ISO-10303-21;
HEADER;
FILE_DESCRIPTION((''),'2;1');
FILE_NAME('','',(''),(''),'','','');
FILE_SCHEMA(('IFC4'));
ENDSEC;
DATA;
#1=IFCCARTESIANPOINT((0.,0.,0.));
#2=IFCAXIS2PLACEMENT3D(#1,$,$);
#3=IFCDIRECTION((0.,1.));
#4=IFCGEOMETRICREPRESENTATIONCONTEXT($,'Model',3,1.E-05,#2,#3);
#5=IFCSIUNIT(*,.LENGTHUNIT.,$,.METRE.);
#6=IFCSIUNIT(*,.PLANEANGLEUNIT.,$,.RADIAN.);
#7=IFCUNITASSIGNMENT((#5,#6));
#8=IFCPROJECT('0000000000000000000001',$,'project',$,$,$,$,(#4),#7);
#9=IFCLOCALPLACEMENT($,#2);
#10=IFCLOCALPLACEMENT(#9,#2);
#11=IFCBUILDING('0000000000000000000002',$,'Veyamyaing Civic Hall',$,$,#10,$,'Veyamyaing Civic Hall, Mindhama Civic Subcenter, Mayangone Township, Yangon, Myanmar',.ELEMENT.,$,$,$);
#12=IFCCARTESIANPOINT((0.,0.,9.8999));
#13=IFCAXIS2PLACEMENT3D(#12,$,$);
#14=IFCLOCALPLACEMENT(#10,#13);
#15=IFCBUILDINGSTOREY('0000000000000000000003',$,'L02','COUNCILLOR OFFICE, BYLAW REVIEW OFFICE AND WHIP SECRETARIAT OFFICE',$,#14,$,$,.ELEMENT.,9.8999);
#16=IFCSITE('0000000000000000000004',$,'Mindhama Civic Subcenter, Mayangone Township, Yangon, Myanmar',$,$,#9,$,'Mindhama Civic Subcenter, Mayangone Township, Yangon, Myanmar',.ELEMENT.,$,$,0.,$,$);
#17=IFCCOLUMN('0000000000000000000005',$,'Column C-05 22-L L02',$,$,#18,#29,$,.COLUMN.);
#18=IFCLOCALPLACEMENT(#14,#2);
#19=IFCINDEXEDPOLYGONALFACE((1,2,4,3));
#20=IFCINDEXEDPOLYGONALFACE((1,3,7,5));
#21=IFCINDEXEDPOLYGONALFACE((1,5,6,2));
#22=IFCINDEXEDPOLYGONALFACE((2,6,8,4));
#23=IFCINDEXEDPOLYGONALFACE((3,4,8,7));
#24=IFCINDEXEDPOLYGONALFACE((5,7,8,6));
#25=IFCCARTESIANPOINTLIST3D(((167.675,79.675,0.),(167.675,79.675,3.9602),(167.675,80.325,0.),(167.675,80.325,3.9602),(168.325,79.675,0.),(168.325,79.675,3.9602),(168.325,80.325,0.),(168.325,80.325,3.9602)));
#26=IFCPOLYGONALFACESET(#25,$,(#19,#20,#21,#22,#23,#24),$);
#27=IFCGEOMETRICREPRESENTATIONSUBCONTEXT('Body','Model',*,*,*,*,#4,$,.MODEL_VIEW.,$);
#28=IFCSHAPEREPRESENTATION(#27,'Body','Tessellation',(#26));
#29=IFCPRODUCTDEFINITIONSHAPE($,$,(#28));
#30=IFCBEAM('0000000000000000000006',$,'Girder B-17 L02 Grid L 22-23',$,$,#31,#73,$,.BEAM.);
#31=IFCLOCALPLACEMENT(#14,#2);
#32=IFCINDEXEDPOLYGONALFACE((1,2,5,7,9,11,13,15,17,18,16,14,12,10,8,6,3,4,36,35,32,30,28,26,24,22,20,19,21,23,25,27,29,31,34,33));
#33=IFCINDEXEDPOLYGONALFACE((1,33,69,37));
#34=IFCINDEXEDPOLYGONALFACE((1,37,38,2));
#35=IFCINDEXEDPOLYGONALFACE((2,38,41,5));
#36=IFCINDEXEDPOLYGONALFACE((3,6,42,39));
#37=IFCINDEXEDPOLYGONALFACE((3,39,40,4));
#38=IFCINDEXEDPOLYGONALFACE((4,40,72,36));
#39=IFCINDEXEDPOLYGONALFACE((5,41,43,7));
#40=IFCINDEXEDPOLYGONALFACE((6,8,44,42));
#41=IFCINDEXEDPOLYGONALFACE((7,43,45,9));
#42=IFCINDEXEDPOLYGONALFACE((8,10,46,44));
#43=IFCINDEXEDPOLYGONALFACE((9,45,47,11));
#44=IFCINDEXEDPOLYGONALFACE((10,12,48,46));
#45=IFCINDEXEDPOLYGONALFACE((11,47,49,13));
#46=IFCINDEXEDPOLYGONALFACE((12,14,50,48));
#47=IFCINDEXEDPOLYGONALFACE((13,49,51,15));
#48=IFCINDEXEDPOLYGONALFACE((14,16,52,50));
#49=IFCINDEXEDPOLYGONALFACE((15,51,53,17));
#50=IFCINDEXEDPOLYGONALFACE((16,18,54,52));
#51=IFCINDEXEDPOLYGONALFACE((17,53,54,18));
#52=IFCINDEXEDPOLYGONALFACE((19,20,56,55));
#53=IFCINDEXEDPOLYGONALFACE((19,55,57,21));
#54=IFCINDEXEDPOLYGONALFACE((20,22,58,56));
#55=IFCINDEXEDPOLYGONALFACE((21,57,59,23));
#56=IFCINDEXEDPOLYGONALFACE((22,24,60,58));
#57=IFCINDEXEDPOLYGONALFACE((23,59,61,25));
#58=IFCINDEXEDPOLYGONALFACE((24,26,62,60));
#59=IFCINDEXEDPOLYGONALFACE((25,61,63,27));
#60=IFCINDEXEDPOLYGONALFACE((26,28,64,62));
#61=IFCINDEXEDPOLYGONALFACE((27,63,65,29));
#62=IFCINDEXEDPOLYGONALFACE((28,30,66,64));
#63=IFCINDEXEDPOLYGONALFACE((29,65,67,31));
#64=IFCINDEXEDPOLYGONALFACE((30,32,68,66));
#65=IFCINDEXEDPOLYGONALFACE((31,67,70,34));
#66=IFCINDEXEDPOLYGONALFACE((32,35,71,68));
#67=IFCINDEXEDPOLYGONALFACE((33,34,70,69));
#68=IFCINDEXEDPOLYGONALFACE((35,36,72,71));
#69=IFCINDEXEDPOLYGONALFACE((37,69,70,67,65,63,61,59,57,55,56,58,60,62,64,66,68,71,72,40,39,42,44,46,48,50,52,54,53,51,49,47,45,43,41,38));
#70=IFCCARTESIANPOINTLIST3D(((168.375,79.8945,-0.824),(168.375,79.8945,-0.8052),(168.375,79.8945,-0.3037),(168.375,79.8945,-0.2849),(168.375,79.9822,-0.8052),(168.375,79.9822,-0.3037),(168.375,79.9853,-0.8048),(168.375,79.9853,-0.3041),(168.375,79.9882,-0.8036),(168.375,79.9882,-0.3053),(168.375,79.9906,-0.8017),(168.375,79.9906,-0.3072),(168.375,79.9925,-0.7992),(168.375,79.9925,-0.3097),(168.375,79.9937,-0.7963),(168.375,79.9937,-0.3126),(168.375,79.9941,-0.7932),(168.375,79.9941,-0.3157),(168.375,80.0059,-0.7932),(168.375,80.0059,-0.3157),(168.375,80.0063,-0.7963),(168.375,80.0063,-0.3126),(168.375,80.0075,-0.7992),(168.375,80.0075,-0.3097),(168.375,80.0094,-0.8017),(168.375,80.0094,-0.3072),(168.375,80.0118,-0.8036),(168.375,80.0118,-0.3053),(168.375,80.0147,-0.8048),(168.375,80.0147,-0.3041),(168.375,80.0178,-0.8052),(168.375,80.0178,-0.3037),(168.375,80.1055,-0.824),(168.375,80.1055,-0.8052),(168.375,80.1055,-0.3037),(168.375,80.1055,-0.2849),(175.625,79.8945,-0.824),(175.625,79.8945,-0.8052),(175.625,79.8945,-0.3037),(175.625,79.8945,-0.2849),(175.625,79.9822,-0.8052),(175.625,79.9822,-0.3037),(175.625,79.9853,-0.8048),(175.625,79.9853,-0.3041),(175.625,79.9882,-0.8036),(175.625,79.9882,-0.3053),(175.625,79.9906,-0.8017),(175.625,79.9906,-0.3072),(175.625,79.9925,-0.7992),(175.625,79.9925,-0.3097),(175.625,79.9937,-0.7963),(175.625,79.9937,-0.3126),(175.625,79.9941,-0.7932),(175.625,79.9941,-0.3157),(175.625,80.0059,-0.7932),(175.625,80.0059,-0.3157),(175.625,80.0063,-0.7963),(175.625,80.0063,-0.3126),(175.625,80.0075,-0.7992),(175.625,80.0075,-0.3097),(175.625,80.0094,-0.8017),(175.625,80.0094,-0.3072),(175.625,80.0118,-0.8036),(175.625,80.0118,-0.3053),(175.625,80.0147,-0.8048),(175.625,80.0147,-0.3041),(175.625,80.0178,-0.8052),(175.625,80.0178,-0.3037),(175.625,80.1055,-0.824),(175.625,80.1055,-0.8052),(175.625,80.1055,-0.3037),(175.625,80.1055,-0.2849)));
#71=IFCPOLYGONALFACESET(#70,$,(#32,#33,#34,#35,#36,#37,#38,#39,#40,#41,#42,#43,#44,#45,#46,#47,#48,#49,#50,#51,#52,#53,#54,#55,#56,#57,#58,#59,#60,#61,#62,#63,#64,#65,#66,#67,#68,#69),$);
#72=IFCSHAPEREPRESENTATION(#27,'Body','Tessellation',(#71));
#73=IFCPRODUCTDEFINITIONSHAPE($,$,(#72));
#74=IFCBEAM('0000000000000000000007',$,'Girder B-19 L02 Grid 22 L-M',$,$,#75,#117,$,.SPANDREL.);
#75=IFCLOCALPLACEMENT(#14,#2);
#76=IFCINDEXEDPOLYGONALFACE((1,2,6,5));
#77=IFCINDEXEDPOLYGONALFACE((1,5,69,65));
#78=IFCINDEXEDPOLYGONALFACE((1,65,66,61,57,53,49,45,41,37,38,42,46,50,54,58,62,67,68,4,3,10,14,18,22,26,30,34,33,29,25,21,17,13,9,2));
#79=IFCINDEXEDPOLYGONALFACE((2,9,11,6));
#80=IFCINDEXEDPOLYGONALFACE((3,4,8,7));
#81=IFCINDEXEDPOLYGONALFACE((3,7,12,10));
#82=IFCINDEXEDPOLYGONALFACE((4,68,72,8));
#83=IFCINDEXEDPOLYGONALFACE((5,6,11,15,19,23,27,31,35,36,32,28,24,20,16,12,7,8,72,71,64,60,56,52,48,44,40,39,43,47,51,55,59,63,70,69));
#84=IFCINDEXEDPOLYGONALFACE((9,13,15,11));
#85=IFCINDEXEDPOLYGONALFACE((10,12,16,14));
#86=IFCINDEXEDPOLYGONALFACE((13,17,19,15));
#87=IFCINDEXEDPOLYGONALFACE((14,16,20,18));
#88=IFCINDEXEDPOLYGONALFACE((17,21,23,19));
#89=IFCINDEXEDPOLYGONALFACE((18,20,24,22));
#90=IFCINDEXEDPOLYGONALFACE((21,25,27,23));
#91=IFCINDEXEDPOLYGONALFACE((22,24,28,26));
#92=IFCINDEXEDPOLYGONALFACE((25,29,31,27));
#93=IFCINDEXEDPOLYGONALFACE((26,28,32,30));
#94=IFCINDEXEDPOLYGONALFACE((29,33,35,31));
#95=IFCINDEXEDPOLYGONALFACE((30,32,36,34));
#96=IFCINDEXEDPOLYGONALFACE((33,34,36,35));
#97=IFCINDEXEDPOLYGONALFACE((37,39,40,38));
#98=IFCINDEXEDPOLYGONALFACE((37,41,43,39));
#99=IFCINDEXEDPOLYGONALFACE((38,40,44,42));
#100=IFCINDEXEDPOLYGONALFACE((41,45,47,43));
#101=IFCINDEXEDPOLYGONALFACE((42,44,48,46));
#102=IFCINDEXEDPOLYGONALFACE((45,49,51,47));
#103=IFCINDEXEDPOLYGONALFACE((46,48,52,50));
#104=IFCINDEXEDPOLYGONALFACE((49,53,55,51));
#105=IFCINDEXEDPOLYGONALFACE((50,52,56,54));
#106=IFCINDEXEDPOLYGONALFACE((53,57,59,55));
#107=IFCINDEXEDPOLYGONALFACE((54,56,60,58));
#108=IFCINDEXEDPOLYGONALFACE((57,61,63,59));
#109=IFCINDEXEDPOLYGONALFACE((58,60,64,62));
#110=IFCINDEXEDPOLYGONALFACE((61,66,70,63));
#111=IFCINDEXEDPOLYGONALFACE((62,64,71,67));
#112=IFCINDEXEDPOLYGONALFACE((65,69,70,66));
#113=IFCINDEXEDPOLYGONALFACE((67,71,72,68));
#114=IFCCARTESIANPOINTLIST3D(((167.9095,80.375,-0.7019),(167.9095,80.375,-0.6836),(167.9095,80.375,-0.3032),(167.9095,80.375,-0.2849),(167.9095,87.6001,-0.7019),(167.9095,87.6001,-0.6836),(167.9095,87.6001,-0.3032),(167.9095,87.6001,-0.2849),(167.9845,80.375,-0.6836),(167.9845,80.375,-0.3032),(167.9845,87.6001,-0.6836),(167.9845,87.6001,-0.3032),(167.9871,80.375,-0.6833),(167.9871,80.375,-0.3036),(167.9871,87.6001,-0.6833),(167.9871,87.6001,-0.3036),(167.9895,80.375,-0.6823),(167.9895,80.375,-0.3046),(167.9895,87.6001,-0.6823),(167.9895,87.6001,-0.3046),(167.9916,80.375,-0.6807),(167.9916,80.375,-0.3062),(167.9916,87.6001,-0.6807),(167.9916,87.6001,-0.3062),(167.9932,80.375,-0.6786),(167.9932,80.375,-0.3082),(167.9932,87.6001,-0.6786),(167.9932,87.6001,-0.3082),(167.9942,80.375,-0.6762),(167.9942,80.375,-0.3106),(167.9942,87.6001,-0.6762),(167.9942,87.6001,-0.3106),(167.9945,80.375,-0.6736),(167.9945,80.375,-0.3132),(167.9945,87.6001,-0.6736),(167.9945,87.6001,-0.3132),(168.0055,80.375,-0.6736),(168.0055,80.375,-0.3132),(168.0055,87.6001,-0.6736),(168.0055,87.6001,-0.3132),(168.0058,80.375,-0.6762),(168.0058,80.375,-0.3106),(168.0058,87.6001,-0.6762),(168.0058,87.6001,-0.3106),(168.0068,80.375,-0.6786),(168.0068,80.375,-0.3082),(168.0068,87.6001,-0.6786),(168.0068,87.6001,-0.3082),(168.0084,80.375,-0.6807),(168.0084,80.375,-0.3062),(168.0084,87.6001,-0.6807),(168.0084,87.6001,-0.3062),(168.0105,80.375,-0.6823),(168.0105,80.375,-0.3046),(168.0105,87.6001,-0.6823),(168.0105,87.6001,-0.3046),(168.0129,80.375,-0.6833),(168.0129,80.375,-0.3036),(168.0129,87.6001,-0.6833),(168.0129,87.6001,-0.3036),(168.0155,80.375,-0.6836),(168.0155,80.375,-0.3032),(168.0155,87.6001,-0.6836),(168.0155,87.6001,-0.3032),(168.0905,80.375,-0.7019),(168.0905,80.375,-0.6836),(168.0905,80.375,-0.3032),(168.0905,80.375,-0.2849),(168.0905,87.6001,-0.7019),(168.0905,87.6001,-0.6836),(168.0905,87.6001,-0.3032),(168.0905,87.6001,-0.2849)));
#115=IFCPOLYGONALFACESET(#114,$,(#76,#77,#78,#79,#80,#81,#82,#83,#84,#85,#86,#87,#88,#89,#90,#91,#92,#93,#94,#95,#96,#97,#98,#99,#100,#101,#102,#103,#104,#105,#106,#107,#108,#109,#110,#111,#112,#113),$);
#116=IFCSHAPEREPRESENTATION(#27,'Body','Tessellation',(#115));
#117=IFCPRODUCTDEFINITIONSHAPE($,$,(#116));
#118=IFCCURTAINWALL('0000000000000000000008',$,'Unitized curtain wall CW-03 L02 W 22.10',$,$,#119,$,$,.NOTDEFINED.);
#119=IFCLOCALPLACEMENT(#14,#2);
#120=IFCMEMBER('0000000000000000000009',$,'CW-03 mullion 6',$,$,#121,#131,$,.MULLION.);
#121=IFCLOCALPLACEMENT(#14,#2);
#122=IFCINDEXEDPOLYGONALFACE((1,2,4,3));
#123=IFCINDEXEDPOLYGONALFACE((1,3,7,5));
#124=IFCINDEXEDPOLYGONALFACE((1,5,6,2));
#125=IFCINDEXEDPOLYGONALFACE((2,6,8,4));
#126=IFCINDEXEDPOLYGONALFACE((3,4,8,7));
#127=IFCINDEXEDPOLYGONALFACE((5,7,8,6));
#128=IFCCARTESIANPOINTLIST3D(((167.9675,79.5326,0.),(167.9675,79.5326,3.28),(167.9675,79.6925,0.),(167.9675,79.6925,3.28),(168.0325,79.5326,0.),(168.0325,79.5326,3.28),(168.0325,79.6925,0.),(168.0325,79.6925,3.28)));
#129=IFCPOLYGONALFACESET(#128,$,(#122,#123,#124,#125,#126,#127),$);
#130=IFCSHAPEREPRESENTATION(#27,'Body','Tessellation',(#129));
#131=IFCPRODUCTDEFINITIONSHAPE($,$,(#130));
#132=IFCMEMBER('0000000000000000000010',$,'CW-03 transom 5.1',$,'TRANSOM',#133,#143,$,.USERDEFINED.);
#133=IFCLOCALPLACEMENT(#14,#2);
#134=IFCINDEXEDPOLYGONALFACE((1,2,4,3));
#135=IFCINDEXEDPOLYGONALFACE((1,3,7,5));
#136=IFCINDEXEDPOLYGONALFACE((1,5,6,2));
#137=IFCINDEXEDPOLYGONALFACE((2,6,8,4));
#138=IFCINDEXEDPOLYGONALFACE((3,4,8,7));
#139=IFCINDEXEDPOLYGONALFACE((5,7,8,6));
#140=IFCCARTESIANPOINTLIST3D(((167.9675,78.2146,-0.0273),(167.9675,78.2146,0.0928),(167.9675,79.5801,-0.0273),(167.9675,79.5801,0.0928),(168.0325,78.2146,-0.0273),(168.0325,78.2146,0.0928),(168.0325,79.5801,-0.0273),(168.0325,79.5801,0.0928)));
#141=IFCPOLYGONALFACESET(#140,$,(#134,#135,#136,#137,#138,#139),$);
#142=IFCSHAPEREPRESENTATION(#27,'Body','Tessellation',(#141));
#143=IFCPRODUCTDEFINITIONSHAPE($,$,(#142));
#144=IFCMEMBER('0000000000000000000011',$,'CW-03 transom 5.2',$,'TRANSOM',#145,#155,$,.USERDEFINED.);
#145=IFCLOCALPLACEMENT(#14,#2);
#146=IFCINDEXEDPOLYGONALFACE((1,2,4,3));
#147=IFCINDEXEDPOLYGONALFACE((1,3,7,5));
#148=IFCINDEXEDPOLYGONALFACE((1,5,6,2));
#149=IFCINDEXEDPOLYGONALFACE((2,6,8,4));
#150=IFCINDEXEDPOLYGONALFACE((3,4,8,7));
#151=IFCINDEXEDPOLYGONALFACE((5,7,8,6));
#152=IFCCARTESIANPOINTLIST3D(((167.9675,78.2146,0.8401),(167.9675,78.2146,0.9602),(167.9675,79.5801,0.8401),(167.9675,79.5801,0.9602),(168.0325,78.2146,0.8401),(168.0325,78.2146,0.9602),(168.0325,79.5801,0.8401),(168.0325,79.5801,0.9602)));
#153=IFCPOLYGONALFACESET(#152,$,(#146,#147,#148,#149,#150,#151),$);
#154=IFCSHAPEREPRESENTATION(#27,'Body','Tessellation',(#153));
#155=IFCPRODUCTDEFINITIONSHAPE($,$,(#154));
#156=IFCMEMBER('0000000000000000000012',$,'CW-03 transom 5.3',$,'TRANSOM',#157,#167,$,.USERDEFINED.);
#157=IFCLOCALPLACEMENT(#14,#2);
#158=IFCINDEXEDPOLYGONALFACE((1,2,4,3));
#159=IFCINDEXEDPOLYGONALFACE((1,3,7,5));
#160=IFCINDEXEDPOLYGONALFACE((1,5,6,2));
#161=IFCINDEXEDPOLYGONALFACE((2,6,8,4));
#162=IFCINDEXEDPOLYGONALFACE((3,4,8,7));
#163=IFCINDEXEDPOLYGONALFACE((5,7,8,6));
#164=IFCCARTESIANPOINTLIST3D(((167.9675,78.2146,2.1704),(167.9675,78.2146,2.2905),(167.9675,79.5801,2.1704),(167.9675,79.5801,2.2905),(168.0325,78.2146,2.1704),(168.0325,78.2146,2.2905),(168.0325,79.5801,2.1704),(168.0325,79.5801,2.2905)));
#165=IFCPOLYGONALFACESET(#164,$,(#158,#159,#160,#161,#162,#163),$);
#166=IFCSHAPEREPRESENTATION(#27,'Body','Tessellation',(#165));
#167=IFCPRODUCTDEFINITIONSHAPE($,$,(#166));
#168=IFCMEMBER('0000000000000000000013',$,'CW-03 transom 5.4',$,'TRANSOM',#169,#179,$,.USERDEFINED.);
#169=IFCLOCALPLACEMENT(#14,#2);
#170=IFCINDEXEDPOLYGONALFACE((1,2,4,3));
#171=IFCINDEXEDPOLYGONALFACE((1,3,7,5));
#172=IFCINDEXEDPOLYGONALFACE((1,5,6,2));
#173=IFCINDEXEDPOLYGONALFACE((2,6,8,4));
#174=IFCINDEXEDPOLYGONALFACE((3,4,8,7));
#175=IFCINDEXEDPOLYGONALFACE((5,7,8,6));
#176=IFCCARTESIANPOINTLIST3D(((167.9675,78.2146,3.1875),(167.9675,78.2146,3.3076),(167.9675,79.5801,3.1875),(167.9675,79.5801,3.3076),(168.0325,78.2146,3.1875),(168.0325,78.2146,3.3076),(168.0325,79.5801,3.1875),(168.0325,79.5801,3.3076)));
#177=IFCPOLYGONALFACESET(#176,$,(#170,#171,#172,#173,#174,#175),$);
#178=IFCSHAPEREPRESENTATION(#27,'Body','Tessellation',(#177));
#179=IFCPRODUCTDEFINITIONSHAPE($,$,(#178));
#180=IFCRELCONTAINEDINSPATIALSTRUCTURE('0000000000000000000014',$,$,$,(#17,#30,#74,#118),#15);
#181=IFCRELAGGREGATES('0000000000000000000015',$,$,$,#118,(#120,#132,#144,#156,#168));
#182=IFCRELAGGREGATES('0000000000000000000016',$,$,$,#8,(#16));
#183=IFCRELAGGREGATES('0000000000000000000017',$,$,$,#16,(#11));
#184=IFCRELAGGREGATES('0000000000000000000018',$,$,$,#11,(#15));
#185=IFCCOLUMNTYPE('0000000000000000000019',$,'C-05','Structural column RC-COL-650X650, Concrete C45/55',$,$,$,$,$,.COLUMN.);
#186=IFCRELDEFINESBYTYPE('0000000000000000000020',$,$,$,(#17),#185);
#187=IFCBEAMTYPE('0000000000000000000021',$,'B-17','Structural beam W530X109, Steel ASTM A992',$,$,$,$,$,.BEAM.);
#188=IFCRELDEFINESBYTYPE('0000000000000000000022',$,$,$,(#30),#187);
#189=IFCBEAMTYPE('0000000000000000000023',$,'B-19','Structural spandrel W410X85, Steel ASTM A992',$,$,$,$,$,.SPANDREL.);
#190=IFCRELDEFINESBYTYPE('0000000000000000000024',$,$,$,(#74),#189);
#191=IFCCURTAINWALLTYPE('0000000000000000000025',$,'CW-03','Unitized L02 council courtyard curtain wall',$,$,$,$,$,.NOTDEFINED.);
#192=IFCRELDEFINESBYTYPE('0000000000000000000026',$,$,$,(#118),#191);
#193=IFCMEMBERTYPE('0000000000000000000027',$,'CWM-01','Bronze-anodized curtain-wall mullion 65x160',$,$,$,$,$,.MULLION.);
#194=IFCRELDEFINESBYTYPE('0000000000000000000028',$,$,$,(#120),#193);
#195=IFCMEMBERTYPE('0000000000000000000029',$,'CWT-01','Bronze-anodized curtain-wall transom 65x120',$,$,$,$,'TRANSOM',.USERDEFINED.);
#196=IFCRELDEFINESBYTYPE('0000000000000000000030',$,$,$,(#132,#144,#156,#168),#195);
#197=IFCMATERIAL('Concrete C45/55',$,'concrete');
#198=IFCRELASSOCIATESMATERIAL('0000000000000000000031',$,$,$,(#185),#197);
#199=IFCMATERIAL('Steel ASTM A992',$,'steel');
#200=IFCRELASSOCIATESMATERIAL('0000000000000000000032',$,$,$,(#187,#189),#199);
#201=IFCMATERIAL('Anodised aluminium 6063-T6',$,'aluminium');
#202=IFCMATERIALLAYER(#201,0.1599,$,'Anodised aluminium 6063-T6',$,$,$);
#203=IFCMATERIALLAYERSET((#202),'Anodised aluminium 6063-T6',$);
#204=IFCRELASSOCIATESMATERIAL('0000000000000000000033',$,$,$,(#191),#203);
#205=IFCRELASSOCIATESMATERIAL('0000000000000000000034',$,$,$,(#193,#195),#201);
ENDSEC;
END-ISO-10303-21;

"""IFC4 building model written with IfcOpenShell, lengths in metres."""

from ifc_helpers import new_model, si_unit, direction, frame, origin, origin_2d, place, context, subcontext, project, spatial, rectangle, i_section, extrude, material, layer, layer_set, material_profile, profile_set, type_object, element, aggregate, save


model = new_model("IFC4")

# Units and contexts
model_context = context("Model", 3, precision=1e-05, world=origin(), true_north=direction((0.0, 1.0)))
body_context = subcontext(model_context, "Body", "Model", "MODEL_VIEW")
ifc_project = project(units=[si_unit("LENGTHUNIT", "METRE"), si_unit("PLANEANGLEUNIT", "RADIAN")], contexts=[model_context])

# Site, building, storey
site_placement = place(None, origin())
site = spatial("IfcSite", under=ifc_project, at=site_placement, Name="Mindhama Civic Subcenter, Mayangone Township, Yangon, Myanmar", LongName="Mindhama Civic Subcenter, Mayangone Township, Yangon, Myanmar", CompositionType="ELEMENT", RefElevation=0.0)
building_placement = place(site_placement, origin())
building = spatial("IfcBuilding", under=site, at=building_placement, Name="Veyamyaing Civic Hall", LongName="Veyamyaing Civic Hall, Mindhama Civic Subcenter, Mayangone Township, Yangon, Myanmar", CompositionType="ELEMENT")
storey_placement = place(building_placement, frame((0.0, 0.0, 9.8999)))
storey = spatial("IfcBuildingStorey", under=building, at=storey_placement, Name="L02", Description="COUNCILLOR OFFICE, BYLAW REVIEW OFFICE AND WHIP SECRETARIAT OFFICE", CompositionType="ELEMENT", Elevation=9.8999)

# Column
ifc_material_1 = material(Name="Concrete C45/55", Category="concrete")
ifc_material_profile_1 = material_profile(ifc_material_1, rectangle(XDim=0.6499, YDim=0.6499, at=origin_2d()), Name="RC-COL-650X650")
ifc_profile_set_1 = profile_set([ifc_material_profile_1], Name="Concrete C45/55")
column_type = type_object("IfcColumnType", Name="C-05", Description="Structural column RC-COL-650X650, Concrete C45/55", PredefinedType="COLUMN", material=ifc_profile_set_1)
column_placement = place(storey_placement, frame((168.0, 80.0, 0.0), z_axis=(0.0, 0.0, 1.0), x_axis=(1.0, 0.0, 0.0)))
element("IfcColumn", 1, at=column_placement, inside=storey, type_object=column_type, Name="Column C-05 22-L L02", PredefinedType="COLUMN", context=body_context, shape_type="SweptSolid", body=[
    extrude(rectangle(XDim=0.6499, YDim=0.6499, at=origin_2d()), origin(), (0.0, 0.0, 1.0), 3.9602),
])

# Beams
ifc_material_2 = material(Name="Steel ASTM A992", Category="steel")
ifc_material_profile_2 = material_profile(ifc_material_2, i_section(OverallWidth=0.2109, OverallDepth=0.5391, WebThickness=0.0117, FlangeThickness=0.0188, FilletRadius=0.012, at=origin_2d()), Name="W530X109")
ifc_profile_set_2 = profile_set([ifc_material_profile_2], Name="Steel ASTM A992")
beam_type_1 = type_object("IfcBeamType", Name="B-17", Description="Structural beam W530X109, Steel ASTM A992", PredefinedType="BEAM", material=ifc_profile_set_2)
beam_1_placement = place(storey_placement, frame((168.375, 80.0, -0.5544), z_axis=(1.0, 0.0, 0.0), x_axis=(0.0, 1.0, 0.0)))
element("IfcBeam", 2, at=beam_1_placement, inside=storey, type_object=beam_type_1, Name="Girder B-17 L02 Grid L 22-23", PredefinedType="BEAM", context=body_context, shape_type="SweptSolid", body=[
    extrude(i_section(OverallWidth=0.2109, OverallDepth=0.5391, WebThickness=0.0117, FlangeThickness=0.0188, FilletRadius=0.012, at=origin_2d()), origin(), (0.0, 0.0, 1.0), 7.25),
])
ifc_material_profile_3 = material_profile(ifc_material_2, i_section(OverallWidth=0.1809, OverallDepth=0.417, WebThickness=0.011, FlangeThickness=0.0183, FilletRadius=0.01, at=origin_2d()), Name="W410X85")
ifc_profile_set_3 = profile_set([ifc_material_profile_3], Name="Steel ASTM A992")
beam_type_2 = type_object("IfcBeamType", Name="B-19", Description="Structural spandrel W410X85, Steel ASTM A992", PredefinedType="SPANDREL", material=ifc_profile_set_3)
beam_2_placement = place(storey_placement, frame((168.0, 80.375, -0.4934), z_axis=(0.0, 1.0, 0.0), x_axis=(-1.0, 0.0, 0.0)))
element("IfcBeam", 3, at=beam_2_placement, inside=storey, type_object=beam_type_2, Name="Girder B-19 L02 Grid 22 L-M", PredefinedType="SPANDREL", context=body_context, shape_type="SweptSolid", body=[
    extrude(i_section(OverallWidth=0.1809, OverallDepth=0.417, WebThickness=0.011, FlangeThickness=0.0183, FilletRadius=0.01, at=origin_2d()), origin(), (0.0, 0.0, 1.0), 7.2251),
])

# Curtain wall, members
ifc_material_3 = material(Name="Anodised aluminium 6063-T6", Category="aluminium")
ifc_layer_1 = layer(ifc_material_3, 0.1599, Name="Anodised aluminium 6063-T6")
ifc_layer_set_1 = layer_set([ifc_layer_1], Name="Anodised aluminium 6063-T6")
curtain_wall_type = type_object("IfcCurtainWallType", Name="CW-03", Description="Unitized L02 council courtyard curtain wall", PredefinedType="NOTDEFINED", material=ifc_layer_set_1)
curtain_wall_placement = place(storey_placement, origin())
curtain_wall = element("IfcCurtainWall", 4, at=curtain_wall_placement, inside=storey, type_object=curtain_wall_type, Name="Unitized curtain wall CW-03 L02 W 22.10", PredefinedType="NOTDEFINED")
ifc_material_profile_4 = material_profile(ifc_material_3, rectangle(XDim=0.0649, YDim=0.1599, at=origin_2d()), Name="ALU-MUL-65X160")
ifc_profile_set_4 = profile_set([ifc_material_profile_4], Name="Anodised aluminium 6063-T6")
member_type_1 = type_object("IfcMemberType", Name="CWM-01", Description="Bronze-anodized curtain-wall mullion 65x160", PredefinedType="MULLION", material=ifc_profile_set_4)
member_1_placement = place(storey_placement, frame((168.0, 79.6125, 0.0), z_axis=(0.0, 0.0, 1.0), x_axis=(-1.0, 0.0, 0.0)))
member_1 = element("IfcMember", 5, at=member_1_placement, type_object=member_type_1, Name="CW-03 mullion 6", PredefinedType="MULLION", context=body_context, shape_type="SweptSolid", body=[
    extrude(rectangle(XDim=0.0649, YDim=0.1599, at=origin_2d()), origin(), (0.0, 0.0, 1.0), 3.28),
])
ifc_material_profile_5 = material_profile(ifc_material_3, rectangle(XDim=0.0649, YDim=0.1201, at=origin_2d()), Name="ALU-TRN-65X120")
ifc_profile_set_5 = profile_set([ifc_material_profile_5], Name="Anodised aluminium 6063-T6")
member_type_2 = type_object("IfcMemberType", Name="CWT-01", Description="Bronze-anodized curtain-wall transom 65x120", ElementType="TRANSOM", PredefinedType="USERDEFINED", material=ifc_profile_set_5)
member_2_placement = place(storey_placement, frame((168.0, 78.2146, 0.0327), z_axis=(0.0, 1.0, 0.0), x_axis=(-1.0, 0.0, 0.0)))
member_2 = element("IfcMember", 6, at=member_2_placement, type_object=member_type_2, Name="CW-03 transom 5.1", ObjectType="TRANSOM", PredefinedType="USERDEFINED", context=body_context, shape_type="SweptSolid", body=[
    extrude(rectangle(XDim=0.0649, YDim=0.1201, at=origin_2d()), origin(), (0.0, 0.0, 1.0), 1.3655),
])
member_3_placement = place(storey_placement, frame((168.0, 78.2146, 0.9001), z_axis=(0.0, 1.0, 0.0), x_axis=(-1.0, 0.0, 0.0)))
member_3 = element("IfcMember", 7, at=member_3_placement, type_object=member_type_2, Name="CW-03 transom 5.2", ObjectType="TRANSOM", PredefinedType="USERDEFINED", context=body_context, shape_type="SweptSolid", body=[
    extrude(rectangle(XDim=0.0649, YDim=0.1201, at=origin_2d()), origin(), (0.0, 0.0, 1.0), 1.3655),
])
member_4_placement = place(storey_placement, frame((168.0, 78.2146, 2.2305), z_axis=(0.0, 1.0, 0.0), x_axis=(-1.0, 0.0, 0.0)))
member_4 = element("IfcMember", 8, at=member_4_placement, type_object=member_type_2, Name="CW-03 transom 5.3", ObjectType="TRANSOM", PredefinedType="USERDEFINED", context=body_context, shape_type="SweptSolid", body=[
    extrude(rectangle(XDim=0.0649, YDim=0.1201, at=origin_2d()), origin(), (0.0, 0.0, 1.0), 1.3655),
])
member_5_placement = place(storey_placement, frame((168.0, 78.2146, 3.2476), z_axis=(0.0, 1.0, 0.0), x_axis=(-1.0, 0.0, 0.0)))
member_5 = element("IfcMember", 9, at=member_5_placement, type_object=member_type_2, Name="CW-03 transom 5.4", ObjectType="TRANSOM", PredefinedType="USERDEFINED", context=body_context, shape_type="SweptSolid", body=[
    extrude(rectangle(XDim=0.0649, YDim=0.1201, at=origin_2d()), origin(), (0.0, 0.0, 1.0), 1.3655),
])

aggregate(curtain_wall, [member_1, member_2, member_3, member_4, member_5])

save(model, "model.ifc")
